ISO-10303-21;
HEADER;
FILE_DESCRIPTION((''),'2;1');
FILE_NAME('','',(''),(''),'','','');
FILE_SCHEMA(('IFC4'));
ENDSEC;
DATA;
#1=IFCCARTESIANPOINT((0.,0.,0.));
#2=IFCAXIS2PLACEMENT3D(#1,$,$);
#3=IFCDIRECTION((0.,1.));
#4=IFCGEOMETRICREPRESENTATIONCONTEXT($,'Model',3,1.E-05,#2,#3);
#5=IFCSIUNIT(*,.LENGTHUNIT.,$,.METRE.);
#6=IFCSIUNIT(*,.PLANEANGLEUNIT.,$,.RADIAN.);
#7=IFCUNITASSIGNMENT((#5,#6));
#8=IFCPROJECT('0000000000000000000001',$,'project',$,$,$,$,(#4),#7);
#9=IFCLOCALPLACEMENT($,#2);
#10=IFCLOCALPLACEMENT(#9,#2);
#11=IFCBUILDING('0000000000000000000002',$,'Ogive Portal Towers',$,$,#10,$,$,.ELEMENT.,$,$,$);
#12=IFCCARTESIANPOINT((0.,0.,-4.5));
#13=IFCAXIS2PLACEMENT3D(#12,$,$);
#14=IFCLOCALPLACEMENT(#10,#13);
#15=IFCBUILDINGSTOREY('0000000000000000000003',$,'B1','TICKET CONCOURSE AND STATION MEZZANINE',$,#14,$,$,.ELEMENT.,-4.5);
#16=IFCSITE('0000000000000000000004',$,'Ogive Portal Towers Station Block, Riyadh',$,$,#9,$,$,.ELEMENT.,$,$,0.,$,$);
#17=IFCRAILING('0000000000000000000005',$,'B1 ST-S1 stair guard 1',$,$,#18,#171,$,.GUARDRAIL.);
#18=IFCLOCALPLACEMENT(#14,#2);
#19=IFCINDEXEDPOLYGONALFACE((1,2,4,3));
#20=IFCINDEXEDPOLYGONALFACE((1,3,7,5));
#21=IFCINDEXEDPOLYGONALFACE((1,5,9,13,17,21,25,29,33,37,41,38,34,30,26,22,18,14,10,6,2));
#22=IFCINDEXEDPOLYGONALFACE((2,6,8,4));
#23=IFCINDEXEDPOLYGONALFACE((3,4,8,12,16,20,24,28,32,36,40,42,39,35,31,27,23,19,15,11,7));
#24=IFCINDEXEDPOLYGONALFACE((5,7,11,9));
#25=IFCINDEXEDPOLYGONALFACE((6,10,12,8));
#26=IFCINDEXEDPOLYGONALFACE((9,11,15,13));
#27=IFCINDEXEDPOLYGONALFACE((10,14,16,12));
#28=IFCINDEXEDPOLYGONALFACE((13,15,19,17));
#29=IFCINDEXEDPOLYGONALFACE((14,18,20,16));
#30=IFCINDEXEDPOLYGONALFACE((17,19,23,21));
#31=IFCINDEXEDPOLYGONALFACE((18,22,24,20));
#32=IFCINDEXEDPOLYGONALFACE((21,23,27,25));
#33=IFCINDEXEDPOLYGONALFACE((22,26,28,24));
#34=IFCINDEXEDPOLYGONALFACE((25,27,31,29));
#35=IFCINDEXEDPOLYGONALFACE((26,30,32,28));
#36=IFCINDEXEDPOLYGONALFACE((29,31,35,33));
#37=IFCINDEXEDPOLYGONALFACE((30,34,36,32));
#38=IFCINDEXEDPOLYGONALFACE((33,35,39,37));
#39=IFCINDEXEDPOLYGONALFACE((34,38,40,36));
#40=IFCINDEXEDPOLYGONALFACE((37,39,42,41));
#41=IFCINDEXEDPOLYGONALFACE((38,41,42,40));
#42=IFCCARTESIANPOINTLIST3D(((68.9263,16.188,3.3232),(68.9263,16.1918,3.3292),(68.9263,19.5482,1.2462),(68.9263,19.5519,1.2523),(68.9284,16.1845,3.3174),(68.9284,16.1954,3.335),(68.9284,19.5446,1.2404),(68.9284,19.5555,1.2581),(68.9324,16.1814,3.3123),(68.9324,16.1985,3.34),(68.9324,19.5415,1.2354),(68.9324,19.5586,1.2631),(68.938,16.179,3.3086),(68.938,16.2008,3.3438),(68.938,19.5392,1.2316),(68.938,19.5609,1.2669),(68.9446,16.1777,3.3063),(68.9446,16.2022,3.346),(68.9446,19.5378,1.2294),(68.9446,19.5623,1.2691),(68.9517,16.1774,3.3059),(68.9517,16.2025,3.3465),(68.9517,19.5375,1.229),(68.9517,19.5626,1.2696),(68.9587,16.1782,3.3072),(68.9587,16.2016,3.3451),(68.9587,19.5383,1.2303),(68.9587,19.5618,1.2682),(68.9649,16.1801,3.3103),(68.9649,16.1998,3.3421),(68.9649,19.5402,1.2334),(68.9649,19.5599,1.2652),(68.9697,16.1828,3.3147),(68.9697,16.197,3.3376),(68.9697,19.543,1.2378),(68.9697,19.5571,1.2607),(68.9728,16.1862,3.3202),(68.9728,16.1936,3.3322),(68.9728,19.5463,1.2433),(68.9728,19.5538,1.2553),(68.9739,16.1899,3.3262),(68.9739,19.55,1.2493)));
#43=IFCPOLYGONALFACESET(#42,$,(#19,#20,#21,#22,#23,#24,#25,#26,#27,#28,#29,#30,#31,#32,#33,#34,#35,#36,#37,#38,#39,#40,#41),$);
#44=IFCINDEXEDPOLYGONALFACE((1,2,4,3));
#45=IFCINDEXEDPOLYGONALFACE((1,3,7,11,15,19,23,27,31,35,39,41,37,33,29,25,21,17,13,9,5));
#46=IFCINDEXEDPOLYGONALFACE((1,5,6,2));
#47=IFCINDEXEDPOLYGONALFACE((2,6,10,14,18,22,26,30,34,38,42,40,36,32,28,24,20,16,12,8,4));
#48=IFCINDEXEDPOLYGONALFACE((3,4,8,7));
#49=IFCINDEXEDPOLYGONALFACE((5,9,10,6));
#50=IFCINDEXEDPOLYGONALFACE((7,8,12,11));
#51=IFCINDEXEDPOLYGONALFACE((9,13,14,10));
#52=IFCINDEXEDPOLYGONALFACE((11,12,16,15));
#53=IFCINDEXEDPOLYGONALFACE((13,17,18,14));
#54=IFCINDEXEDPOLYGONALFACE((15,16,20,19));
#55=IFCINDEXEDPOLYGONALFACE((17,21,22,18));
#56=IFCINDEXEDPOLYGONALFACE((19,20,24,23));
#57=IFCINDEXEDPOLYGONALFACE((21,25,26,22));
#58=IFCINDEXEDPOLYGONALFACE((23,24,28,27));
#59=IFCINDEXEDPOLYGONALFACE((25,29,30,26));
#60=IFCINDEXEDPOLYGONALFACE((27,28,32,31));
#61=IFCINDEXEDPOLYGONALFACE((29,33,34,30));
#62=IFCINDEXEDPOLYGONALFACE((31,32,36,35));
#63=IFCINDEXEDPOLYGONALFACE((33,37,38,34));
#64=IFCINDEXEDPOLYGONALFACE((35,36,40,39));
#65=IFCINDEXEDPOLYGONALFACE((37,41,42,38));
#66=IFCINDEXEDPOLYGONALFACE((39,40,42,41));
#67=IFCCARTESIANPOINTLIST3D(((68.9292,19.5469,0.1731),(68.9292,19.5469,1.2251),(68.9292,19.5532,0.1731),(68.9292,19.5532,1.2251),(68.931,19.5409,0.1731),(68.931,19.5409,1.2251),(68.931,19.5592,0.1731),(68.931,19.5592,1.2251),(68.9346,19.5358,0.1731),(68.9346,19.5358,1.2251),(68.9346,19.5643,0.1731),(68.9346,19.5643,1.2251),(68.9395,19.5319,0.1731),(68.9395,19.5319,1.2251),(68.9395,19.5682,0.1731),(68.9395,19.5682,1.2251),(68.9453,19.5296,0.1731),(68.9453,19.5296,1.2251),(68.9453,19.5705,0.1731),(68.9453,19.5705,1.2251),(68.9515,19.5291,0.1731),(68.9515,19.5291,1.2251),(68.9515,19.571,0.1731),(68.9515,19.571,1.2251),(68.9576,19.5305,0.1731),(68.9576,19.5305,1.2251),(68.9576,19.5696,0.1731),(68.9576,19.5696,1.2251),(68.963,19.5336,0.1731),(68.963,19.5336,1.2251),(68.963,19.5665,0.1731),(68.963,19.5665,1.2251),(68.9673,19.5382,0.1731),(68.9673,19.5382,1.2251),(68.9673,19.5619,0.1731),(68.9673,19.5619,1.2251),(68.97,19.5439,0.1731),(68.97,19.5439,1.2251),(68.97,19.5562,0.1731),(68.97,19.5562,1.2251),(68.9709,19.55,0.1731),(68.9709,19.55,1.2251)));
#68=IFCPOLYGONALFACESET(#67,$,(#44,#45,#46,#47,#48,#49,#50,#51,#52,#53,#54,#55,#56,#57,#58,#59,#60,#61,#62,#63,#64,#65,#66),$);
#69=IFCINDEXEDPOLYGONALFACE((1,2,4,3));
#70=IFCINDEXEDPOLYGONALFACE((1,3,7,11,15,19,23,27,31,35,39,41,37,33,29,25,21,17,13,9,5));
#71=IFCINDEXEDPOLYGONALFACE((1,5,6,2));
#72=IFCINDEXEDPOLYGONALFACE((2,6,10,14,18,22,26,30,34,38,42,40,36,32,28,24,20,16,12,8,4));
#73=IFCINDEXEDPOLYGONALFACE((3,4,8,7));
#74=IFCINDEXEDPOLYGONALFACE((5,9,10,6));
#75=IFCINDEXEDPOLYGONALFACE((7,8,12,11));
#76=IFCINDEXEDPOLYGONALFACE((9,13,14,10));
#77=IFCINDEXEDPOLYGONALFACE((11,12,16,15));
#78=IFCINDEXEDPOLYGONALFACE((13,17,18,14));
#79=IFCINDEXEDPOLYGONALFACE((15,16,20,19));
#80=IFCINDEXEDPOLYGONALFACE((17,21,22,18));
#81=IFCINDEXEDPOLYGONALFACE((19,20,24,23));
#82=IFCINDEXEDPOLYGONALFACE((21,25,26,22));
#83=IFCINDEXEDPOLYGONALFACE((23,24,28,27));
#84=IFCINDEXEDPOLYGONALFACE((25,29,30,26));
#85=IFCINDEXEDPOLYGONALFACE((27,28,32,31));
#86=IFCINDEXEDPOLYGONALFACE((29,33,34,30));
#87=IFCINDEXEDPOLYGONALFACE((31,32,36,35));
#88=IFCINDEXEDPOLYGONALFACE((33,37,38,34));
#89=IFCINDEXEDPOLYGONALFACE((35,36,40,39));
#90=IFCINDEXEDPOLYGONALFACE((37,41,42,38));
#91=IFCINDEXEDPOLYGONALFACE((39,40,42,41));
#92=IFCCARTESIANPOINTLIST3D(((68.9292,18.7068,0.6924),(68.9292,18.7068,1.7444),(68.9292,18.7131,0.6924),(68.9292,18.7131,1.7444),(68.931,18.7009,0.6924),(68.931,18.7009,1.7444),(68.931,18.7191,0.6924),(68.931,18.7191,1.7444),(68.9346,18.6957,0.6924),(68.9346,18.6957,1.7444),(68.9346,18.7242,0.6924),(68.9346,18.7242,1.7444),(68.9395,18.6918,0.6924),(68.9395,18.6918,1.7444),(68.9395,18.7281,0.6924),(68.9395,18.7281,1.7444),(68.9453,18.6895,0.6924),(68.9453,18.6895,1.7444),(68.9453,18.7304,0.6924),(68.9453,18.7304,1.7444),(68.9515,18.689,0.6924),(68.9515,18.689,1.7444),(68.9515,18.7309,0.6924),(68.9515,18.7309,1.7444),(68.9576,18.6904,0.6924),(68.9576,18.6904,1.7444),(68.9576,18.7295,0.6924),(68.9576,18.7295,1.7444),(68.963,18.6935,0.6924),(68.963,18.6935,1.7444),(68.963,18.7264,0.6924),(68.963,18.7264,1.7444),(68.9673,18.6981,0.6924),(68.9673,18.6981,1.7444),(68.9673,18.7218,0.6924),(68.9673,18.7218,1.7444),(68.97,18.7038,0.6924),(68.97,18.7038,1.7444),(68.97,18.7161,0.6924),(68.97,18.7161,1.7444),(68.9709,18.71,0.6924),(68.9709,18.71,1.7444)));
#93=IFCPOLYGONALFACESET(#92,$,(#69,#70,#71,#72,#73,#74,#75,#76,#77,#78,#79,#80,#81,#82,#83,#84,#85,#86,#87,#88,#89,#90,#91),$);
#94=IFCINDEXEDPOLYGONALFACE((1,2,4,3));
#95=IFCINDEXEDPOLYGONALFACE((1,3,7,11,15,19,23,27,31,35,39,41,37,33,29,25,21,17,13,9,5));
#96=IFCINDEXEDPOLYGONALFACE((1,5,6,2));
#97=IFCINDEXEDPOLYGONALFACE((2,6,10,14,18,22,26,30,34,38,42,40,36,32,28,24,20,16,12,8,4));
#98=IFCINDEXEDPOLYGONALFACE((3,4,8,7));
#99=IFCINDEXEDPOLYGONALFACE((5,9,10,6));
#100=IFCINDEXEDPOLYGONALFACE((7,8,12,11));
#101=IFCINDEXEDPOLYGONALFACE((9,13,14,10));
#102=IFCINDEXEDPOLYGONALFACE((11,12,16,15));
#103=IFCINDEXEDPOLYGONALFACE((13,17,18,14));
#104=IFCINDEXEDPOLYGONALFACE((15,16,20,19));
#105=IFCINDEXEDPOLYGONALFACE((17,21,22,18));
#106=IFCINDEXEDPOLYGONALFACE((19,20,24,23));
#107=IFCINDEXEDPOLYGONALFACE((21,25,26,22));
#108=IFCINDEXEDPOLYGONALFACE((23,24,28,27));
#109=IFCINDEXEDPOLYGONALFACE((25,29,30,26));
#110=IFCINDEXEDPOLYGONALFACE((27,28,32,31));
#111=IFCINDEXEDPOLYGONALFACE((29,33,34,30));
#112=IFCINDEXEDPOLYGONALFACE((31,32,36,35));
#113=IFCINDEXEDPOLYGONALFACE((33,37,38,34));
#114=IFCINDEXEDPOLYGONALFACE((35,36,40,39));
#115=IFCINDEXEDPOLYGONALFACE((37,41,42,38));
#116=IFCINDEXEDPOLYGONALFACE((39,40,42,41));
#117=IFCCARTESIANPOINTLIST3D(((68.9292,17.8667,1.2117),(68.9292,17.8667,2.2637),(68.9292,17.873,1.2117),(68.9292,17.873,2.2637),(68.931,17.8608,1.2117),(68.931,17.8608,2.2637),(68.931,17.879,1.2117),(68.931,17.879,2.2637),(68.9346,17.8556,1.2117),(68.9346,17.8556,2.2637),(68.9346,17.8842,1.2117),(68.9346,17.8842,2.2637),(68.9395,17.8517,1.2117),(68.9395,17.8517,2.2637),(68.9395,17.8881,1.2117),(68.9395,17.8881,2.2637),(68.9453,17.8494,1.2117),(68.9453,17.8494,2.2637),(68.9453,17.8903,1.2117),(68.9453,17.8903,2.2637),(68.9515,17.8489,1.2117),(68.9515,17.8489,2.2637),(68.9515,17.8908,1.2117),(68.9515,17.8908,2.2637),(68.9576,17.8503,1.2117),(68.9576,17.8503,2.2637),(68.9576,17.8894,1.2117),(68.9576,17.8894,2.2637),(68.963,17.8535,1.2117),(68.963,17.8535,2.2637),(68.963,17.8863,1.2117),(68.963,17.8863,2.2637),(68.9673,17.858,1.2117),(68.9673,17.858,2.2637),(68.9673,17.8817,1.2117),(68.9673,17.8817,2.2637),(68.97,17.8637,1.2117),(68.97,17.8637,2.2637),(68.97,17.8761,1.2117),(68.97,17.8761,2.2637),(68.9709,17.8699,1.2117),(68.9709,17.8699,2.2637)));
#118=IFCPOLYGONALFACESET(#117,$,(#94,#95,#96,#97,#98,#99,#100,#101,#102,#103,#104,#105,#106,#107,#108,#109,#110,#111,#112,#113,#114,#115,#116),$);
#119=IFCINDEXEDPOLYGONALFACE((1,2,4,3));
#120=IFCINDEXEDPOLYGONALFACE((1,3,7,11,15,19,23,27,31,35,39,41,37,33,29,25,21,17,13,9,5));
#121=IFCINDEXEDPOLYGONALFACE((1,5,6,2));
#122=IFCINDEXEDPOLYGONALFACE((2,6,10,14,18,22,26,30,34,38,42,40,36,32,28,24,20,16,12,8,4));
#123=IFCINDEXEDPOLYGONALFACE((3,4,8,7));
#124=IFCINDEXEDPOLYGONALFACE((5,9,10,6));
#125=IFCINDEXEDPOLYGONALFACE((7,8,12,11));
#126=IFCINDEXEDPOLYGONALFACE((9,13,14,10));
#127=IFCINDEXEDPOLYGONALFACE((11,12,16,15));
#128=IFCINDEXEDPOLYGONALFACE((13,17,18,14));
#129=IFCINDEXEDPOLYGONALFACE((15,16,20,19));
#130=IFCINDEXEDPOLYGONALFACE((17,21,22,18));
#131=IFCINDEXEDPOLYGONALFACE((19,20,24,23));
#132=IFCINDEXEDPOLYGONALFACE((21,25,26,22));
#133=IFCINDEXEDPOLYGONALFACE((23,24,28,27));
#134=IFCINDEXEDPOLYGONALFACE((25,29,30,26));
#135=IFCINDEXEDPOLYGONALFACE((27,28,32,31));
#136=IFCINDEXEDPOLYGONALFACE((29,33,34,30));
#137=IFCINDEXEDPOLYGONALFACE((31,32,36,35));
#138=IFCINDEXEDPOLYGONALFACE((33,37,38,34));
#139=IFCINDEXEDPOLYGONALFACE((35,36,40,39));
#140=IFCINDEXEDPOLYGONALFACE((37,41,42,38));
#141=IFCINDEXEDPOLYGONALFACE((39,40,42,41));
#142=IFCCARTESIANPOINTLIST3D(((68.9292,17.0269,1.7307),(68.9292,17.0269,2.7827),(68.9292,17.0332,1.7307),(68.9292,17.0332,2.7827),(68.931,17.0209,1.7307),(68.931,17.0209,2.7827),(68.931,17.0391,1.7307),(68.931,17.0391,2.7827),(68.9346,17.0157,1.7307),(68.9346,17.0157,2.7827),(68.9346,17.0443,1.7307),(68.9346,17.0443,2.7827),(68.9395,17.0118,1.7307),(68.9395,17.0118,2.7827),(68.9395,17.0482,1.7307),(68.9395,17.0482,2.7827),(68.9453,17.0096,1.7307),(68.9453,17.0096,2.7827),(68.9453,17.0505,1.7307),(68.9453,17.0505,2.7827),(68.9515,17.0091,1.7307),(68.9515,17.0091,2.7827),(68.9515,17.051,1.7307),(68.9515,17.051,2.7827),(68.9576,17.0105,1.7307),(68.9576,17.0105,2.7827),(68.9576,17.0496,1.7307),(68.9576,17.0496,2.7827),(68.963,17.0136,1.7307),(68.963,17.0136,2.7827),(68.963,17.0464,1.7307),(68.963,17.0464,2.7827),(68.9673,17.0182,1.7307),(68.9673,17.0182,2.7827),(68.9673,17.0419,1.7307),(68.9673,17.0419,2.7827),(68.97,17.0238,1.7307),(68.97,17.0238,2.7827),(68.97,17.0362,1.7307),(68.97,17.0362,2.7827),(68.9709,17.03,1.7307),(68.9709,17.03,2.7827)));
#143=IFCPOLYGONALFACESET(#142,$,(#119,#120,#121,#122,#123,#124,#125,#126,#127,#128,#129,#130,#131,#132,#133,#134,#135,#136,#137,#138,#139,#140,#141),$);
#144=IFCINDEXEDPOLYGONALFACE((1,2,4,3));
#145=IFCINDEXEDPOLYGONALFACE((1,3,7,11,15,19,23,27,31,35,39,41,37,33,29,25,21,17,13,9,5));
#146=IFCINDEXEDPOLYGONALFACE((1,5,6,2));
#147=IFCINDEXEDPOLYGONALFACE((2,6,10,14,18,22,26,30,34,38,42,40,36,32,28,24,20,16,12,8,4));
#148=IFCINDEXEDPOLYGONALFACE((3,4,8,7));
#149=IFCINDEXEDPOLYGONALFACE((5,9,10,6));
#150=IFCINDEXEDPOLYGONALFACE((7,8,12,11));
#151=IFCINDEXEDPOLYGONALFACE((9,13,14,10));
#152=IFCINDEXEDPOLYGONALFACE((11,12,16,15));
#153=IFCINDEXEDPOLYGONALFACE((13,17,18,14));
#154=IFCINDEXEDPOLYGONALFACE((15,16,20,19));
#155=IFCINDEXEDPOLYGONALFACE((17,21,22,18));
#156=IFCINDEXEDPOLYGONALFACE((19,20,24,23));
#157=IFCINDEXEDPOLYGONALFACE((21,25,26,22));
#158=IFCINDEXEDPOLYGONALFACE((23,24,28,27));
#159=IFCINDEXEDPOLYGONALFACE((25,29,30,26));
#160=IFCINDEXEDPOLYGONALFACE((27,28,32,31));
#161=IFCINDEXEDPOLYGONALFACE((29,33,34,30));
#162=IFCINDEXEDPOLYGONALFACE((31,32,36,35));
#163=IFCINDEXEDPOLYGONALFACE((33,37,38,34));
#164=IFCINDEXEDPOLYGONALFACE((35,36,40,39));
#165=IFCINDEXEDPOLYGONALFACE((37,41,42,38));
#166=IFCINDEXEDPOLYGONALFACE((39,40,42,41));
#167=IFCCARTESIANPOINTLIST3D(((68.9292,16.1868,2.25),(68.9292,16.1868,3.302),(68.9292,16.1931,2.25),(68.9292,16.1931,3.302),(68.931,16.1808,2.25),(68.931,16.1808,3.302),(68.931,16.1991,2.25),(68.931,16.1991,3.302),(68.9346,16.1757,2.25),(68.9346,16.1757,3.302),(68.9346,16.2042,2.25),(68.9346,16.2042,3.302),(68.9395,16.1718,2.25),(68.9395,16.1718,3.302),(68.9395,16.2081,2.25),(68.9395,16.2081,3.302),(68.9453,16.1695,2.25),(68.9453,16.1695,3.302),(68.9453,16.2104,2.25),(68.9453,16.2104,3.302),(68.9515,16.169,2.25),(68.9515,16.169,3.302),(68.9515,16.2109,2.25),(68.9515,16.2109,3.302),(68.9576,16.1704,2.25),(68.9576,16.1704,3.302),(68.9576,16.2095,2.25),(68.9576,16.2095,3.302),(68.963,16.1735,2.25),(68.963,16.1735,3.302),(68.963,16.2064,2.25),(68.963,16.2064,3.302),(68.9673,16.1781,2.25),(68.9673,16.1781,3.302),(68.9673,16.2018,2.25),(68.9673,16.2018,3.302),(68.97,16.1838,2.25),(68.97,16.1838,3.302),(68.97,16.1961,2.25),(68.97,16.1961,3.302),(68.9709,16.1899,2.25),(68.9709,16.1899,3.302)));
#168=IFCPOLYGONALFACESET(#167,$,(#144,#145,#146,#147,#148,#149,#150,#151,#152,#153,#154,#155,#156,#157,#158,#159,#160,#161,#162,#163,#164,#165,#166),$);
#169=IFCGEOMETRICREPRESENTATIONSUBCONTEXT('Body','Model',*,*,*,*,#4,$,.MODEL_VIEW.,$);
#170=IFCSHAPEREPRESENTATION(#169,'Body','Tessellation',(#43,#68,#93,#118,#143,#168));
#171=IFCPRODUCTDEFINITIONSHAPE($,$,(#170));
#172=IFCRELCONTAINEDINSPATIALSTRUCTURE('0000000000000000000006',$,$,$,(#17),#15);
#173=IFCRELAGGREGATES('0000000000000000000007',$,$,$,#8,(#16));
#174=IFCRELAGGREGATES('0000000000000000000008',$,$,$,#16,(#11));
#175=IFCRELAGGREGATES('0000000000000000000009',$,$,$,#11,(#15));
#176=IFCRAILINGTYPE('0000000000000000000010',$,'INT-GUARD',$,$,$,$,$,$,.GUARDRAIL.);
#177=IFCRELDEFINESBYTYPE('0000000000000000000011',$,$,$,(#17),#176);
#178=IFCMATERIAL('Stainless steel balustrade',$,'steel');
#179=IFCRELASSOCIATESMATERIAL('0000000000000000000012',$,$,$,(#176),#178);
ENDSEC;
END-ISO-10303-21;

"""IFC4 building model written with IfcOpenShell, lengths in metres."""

from ifc_helpers import new_model, si_unit, direction, frame, origin, origin_2d, place, context, subcontext, project, spatial, circle, extrude, material, type_object, element, save


model = new_model("IFC4")

# Units and contexts
model_context = context("Model", 3, precision=1e-05, world=origin(), true_north=direction((0.0, 1.0)))
body_context = subcontext(model_context, "Body", "Model", "MODEL_VIEW")
ifc_project = project(units=[si_unit("LENGTHUNIT", "METRE"), si_unit("PLANEANGLEUNIT", "RADIAN")], contexts=[model_context])

# Site, building, storey
site_placement = place(None, origin())
site = spatial("IfcSite", under=ifc_project, at=site_placement, Name="Ogive Portal Towers Station Block, Riyadh", CompositionType="ELEMENT", RefElevation=0.0)
building_placement = place(site_placement, origin())
building = spatial("IfcBuilding", under=site, at=building_placement, Name="Ogive Portal Towers", CompositionType="ELEMENT")
storey_placement = place(building_placement, frame((0.0, 0.0, -4.5)))
storey = spatial("IfcBuildingStorey", under=building, at=storey_placement, Name="B1", Description="TICKET CONCOURSE AND STATION MEZZANINE", CompositionType="ELEMENT", Elevation=-4.5)

# Railing
ifc_material_1 = material(Name="Stainless steel balustrade", Category="steel")
railing_type_1 = type_object("IfcRailingType", Name="INT-GUARD", PredefinedType="GUARDRAIL", material=ifc_material_1)
railing_1_placement = place(storey_placement, frame((68.95, 19.55, 0.1731)))
element("IfcRailing", 1, at=railing_1_placement, inside=storey, type_object=railing_type_1, Name="B1 ST-S1 stair guard 1", PredefinedType="GUARDRAIL", context=body_context, shape_type="SweptSolid", body=[
    extrude(circle(Radius=0.0239, at=origin_2d()), frame((0.0, 0.0, 1.0762), z_axis=(0.0, -0.850623, 0.525776), x_axis=(1.0, 0.0, 0.0)), (0.0, 0.0, 1.0), 3.9502),
    extrude(circle(Radius=0.021, at=origin_2d()), origin(), (0.0, 0.0, 1.0), 1.052),
    extrude(circle(Radius=0.021, at=origin_2d()), frame((0.0, -0.8401, 0.5193)), (0.0, 0.0, 1.0), 1.052),
    extrude(circle(Radius=0.021, at=origin_2d()), frame((0.0, -1.6802, 1.0386)), (0.0, 0.0, 1.0), 1.052),
    extrude(circle(Radius=0.021, at=origin_2d()), frame((0.0, -2.52, 1.5576)), (0.0, 0.0, 1.0), 1.052),
    extrude(circle(Radius=0.021, at=origin_2d()), frame((0.0, -3.3601, 2.0769)), (0.0, 0.0, 1.0), 1.052),
])

save(model, "model.ifc")
